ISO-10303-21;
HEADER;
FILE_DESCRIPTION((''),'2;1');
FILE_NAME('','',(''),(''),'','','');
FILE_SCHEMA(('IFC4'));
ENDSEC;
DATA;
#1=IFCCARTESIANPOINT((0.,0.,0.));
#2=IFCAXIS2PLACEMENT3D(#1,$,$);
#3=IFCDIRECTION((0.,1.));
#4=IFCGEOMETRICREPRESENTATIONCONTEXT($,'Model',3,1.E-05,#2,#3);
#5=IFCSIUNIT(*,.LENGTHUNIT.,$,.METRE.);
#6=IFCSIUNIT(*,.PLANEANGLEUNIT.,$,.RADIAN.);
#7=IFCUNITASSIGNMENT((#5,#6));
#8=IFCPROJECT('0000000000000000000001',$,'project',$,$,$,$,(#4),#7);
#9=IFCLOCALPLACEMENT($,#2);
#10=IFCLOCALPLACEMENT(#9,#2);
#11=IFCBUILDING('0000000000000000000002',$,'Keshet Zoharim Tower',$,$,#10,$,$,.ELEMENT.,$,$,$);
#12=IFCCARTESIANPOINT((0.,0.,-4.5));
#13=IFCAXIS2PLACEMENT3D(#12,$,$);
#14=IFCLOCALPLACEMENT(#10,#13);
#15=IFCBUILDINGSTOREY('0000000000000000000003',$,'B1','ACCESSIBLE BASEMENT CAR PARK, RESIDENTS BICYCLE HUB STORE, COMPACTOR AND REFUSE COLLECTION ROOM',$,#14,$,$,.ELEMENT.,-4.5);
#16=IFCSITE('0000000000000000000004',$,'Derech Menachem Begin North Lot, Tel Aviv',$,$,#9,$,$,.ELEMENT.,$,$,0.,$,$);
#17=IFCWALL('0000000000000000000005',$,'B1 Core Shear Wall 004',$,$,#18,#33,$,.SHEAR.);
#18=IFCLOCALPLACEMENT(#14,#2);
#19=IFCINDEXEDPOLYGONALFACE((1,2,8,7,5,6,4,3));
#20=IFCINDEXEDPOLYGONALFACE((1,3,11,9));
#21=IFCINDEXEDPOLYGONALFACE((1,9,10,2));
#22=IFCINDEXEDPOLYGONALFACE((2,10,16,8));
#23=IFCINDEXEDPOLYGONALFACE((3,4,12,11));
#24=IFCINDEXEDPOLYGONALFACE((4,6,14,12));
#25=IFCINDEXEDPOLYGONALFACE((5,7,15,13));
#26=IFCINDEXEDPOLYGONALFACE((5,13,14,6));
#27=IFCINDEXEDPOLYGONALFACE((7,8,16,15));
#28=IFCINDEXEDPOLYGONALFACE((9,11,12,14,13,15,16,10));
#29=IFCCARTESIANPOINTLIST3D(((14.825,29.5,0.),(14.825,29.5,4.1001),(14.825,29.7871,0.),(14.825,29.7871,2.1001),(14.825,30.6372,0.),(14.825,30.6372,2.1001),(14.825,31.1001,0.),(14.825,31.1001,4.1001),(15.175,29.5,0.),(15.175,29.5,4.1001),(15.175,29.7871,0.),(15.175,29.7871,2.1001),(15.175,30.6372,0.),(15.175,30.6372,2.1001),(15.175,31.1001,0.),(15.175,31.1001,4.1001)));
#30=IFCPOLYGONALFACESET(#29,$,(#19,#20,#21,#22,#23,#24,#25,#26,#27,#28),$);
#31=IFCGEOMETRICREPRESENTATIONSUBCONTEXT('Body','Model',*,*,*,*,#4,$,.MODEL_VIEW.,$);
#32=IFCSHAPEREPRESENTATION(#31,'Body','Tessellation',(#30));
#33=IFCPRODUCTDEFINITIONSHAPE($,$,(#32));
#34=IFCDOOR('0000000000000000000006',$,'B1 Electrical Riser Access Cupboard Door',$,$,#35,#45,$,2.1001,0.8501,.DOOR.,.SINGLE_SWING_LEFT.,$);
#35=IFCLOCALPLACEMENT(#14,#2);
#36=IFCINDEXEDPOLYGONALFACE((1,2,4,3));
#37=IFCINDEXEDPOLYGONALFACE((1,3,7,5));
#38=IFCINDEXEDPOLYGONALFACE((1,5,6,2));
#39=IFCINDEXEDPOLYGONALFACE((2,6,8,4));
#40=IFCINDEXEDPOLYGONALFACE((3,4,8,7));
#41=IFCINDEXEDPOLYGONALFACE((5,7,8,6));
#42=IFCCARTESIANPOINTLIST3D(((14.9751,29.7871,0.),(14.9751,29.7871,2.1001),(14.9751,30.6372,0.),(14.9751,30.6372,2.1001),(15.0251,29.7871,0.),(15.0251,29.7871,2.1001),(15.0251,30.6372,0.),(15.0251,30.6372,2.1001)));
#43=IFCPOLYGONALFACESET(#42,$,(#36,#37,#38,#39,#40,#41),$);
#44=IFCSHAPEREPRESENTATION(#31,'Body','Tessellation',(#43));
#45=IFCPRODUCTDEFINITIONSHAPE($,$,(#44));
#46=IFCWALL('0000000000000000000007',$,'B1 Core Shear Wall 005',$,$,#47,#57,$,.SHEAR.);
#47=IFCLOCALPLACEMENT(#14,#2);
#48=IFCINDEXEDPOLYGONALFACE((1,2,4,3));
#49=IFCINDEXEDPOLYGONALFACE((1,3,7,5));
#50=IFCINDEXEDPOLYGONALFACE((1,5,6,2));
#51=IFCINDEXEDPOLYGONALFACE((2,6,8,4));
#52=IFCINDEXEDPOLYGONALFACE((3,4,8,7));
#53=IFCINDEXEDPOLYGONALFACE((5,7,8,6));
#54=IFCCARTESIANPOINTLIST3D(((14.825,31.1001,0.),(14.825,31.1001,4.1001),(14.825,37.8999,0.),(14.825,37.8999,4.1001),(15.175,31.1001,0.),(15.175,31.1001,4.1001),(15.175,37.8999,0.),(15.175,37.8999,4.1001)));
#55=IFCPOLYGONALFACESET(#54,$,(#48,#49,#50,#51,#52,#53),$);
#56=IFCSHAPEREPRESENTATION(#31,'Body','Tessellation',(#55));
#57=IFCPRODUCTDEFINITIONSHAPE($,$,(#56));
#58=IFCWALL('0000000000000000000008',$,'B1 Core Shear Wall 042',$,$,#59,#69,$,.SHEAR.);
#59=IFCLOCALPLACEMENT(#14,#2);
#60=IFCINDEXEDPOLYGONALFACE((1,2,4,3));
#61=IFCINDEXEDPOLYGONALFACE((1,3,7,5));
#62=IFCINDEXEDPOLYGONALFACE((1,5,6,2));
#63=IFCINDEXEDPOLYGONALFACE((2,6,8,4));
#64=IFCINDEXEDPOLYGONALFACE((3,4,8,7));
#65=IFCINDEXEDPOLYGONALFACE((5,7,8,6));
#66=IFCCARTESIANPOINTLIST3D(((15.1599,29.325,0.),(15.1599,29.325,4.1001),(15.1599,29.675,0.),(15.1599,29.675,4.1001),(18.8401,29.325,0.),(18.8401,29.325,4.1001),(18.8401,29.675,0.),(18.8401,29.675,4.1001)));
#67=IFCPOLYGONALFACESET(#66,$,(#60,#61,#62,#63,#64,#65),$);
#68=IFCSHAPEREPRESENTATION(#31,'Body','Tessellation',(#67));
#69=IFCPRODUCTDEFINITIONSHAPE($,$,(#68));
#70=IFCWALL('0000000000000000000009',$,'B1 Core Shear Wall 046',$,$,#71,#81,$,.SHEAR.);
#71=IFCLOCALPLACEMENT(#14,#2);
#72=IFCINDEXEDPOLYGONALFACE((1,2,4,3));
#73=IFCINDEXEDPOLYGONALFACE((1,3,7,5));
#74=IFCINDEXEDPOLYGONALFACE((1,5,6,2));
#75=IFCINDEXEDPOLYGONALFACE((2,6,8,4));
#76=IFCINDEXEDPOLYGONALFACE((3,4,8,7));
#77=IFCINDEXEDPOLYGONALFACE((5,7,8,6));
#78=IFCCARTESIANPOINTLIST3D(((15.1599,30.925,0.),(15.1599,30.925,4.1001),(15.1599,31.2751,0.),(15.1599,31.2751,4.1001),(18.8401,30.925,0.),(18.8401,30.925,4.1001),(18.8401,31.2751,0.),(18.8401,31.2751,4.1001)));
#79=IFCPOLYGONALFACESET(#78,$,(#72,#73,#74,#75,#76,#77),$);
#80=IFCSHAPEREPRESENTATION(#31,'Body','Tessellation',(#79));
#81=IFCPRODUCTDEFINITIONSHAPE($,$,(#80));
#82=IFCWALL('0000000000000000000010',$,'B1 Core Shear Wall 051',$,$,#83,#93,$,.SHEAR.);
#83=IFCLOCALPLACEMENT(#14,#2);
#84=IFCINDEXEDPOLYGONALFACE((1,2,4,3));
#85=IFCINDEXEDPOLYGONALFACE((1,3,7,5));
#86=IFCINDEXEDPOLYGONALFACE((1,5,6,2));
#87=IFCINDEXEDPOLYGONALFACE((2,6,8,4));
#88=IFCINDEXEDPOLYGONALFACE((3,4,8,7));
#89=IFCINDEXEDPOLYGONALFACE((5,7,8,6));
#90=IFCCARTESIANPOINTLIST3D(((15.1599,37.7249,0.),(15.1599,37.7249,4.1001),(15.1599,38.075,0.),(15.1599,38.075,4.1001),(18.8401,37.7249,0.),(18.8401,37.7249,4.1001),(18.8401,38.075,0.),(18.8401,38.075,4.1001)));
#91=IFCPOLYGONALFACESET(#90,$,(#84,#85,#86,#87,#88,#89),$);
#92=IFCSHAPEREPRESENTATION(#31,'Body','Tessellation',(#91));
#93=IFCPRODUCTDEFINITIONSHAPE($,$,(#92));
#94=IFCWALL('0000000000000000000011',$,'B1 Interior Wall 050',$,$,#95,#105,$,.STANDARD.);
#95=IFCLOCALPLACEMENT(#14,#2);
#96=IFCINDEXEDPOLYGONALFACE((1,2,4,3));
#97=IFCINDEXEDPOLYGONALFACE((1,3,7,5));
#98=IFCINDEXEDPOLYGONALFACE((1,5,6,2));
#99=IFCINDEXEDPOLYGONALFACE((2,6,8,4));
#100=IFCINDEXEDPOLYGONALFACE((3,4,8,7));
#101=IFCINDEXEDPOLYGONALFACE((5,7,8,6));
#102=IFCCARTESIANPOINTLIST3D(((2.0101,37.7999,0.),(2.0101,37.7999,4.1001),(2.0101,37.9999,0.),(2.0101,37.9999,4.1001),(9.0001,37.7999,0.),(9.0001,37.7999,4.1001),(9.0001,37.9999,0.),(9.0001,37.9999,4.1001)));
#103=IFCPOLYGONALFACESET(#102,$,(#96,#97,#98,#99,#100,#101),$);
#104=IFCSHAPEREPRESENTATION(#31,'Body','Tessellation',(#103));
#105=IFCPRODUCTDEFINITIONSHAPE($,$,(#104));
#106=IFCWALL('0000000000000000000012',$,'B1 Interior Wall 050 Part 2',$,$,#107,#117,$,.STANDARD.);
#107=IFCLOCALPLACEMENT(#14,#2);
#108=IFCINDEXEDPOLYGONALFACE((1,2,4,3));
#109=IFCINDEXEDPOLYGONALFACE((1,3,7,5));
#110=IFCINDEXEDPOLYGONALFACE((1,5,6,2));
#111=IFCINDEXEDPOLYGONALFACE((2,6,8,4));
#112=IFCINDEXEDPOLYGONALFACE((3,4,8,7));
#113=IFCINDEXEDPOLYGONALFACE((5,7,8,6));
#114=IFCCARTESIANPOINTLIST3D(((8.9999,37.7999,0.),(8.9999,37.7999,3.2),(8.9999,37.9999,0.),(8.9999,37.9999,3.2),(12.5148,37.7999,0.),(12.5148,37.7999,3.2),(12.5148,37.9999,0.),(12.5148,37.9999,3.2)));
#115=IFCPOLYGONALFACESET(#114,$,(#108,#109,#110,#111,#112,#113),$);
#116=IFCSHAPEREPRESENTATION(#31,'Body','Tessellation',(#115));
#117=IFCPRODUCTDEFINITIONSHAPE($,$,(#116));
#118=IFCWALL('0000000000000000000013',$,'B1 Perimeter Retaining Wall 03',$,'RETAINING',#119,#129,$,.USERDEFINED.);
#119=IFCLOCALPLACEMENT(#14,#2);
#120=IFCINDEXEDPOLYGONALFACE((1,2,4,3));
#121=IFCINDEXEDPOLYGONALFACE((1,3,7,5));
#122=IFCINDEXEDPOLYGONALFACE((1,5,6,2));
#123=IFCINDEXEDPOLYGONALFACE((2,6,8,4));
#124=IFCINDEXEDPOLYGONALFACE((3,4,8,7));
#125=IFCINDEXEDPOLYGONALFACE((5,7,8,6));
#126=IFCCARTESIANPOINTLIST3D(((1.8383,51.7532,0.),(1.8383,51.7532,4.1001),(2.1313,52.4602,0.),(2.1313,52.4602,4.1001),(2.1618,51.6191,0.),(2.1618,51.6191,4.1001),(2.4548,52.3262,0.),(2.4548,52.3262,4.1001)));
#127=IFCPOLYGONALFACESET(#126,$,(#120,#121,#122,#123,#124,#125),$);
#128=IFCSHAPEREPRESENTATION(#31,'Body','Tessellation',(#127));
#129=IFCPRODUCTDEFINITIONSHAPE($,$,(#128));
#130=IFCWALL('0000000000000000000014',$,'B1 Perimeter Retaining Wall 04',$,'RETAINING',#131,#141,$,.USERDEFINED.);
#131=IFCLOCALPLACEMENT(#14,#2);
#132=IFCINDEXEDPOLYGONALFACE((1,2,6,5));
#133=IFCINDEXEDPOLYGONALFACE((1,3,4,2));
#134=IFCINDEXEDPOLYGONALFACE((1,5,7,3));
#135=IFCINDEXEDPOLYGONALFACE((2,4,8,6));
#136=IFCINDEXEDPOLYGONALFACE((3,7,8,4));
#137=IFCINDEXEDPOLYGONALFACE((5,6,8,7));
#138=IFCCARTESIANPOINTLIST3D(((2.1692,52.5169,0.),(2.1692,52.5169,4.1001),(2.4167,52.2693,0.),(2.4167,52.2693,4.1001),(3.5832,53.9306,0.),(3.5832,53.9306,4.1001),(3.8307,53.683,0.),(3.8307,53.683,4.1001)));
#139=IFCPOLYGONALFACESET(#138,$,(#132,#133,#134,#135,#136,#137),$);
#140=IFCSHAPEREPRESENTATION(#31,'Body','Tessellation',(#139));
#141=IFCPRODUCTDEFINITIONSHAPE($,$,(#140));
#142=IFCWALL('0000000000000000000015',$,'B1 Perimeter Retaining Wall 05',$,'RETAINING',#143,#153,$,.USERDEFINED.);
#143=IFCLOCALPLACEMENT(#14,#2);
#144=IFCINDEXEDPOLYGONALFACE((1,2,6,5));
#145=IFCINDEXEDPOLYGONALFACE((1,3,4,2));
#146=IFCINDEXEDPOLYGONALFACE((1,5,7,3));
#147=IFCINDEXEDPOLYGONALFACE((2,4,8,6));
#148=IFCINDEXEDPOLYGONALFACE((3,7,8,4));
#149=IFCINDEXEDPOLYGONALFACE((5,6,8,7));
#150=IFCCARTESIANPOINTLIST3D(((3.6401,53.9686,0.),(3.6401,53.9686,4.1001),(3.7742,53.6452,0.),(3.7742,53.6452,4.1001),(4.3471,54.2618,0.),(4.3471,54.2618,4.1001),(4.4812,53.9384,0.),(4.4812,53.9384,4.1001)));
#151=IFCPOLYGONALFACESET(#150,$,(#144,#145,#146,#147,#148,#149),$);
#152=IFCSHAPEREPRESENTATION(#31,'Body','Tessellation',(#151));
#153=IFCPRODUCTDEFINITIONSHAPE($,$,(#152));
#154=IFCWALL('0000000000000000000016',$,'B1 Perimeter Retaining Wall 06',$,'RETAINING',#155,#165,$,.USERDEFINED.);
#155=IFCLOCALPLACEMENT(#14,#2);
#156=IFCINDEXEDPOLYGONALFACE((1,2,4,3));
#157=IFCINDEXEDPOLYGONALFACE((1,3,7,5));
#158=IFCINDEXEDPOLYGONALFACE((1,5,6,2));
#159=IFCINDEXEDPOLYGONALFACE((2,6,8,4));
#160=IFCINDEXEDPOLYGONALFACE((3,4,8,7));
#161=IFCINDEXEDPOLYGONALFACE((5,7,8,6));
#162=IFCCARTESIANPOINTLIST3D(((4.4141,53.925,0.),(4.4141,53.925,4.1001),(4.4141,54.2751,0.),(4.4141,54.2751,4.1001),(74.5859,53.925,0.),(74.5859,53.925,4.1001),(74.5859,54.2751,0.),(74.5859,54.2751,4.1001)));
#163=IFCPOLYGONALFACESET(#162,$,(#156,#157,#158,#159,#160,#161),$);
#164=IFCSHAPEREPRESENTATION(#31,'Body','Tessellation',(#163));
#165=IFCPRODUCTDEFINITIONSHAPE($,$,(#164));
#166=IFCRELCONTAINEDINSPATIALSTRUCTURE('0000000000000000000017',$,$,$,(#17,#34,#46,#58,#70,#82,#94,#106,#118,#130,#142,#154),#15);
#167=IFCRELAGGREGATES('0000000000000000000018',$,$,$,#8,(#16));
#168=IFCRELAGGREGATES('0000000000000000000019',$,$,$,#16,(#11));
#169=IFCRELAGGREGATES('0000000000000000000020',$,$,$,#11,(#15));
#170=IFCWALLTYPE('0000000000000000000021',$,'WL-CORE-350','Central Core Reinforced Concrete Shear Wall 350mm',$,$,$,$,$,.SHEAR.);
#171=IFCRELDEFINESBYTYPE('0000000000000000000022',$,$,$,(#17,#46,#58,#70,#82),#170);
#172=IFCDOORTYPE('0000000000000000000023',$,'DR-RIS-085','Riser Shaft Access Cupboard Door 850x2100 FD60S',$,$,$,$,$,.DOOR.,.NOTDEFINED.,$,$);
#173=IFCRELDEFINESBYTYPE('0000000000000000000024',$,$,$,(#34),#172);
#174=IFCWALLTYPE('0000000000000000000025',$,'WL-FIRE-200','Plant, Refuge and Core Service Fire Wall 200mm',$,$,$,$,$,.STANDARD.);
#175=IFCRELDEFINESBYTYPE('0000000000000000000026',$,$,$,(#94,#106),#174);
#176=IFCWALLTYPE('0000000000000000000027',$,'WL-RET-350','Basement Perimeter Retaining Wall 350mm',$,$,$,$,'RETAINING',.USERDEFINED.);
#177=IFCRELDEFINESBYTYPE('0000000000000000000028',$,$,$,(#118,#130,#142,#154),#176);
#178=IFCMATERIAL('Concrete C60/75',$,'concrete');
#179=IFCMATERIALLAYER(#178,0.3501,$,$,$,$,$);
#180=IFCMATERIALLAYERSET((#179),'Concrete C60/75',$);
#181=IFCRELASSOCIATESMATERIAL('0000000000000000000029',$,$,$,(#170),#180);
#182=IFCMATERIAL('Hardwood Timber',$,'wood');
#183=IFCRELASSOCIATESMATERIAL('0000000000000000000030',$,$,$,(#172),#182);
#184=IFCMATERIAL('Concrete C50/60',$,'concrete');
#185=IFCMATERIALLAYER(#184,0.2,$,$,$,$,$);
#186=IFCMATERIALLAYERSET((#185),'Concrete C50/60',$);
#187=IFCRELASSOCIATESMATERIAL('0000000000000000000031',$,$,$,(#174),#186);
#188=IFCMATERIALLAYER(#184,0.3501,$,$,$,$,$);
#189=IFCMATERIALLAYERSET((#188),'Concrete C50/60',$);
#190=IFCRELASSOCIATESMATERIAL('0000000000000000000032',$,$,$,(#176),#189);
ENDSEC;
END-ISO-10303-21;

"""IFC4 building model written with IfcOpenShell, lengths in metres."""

from ifc_helpers import new_model, si_unit, direction, frame, frame_2d, origin, place, context, subcontext, project, spatial, rectangle, extrude, material, layer, layer_set, type_object, element, fill, save


model = new_model("IFC4")

# Units and contexts
model_context = context("Model", 3, precision=1e-05, world=origin(), true_north=direction((0.0, 1.0)))
body_context = subcontext(model_context, "Body", "Model", "MODEL_VIEW")
ifc_project = project(units=[si_unit("LENGTHUNIT", "METRE"), si_unit("PLANEANGLEUNIT", "RADIAN")], contexts=[model_context])

# Site, building, storey
site_placement = place(None, origin())
site = spatial("IfcSite", under=ifc_project, at=site_placement, Name="Derech Menachem Begin North Lot, Tel Aviv", CompositionType="ELEMENT", RefElevation=0.0)
building_placement = place(site_placement, origin())
building = spatial("IfcBuilding", under=site, at=building_placement, Name="Keshet Zoharim Tower", CompositionType="ELEMENT")
storey_placement = place(building_placement, frame((0.0, 0.0, -4.5)))
storey = spatial("IfcBuildingStorey", under=building, at=storey_placement, Name="B1", Description="ACCESSIBLE BASEMENT CAR PARK, RESIDENTS BICYCLE HUB STORE, COMPACTOR AND REFUSE COLLECTION ROOM", CompositionType="ELEMENT", Elevation=-4.5)

# Shared definitions
ifc_material_1 = material(Name="Concrete C60/75", Category="concrete")

# Shared definitions
ifc_material_2 = material(Name="Hardwood Timber", Category="wood")

# Wall, opening, door
ifc_layer_1 = layer(ifc_material_1, 0.3501)
ifc_layer_set_1 = layer_set([ifc_layer_1], Name="Concrete C60/75")
wall_type_1 = type_object("IfcWallType", Name="WL-CORE-350", Description="Central Core Reinforced Concrete Shear Wall 350mm", PredefinedType="SHEAR", material=ifc_layer_set_1)
wall_1_placement = place(storey_placement, frame((15.0, 29.5, 0.0), z_axis=(0.0, 0.0, 1.0), x_axis=(0.0, 1.0, 0.0)))
wall_1 = element("IfcWall", 1, at=wall_1_placement, inside=storey, type_object=wall_type_1, Name="B1 Core Shear Wall 004", PredefinedType="SHEAR", context=body_context, shape_type="SweptSolid", body=[
    extrude(rectangle(XDim=1.6001, YDim=0.3501, at=frame_2d((0.8, 0.0))), origin(), (0.0, 0.0, 1.0), 4.1001),
])
opening_1_placement = place(wall_1_placement, frame((0.2871, 0.0, 0.0)))
opening_1 = element("IfcOpeningElement", 2, at=opening_1_placement, cuts=wall_1, PredefinedType="OPENING", context=body_context, shape_type="SweptSolid", body=[
    extrude(rectangle(XDim=0.8501, YDim=2.1001, at=frame_2d((0.425, 1.05))), frame((0.0, 0.1851, 0.0), z_axis=(0.0, -1.0, 0.0), x_axis=(1.0, 0.0, 0.0)), (0.0, 0.0, 1.0), 0.3701),
])
door_type_1 = type_object("IfcDoorType", Name="DR-RIS-085", Description="Riser Shaft Access Cupboard Door 850x2100 FD60S", OperationType="NOTDEFINED", PredefinedType="DOOR", material=ifc_material_2)
door_1_placement = place(opening_1_placement, origin())
door_1 = element("IfcDoor", 3, at=door_1_placement, inside=storey, type_object=door_type_1, Name="B1 Electrical Riser Access Cupboard Door", OperationType="SINGLE_SWING_LEFT", OverallHeight=2.1001, OverallWidth=0.8501, PredefinedType="DOOR", context=body_context, shape_type="SweptSolid", body=[
    extrude(rectangle(XDim=0.8501, YDim=2.1001, at=frame_2d((0.425, 1.05))), frame((0.0, 0.0249, 0.0), z_axis=(0.0, -1.0, 0.0), x_axis=(1.0, 0.0, 0.0)), (0.0, 0.0, 1.0), 0.05),
])
fill(opening_1, door_1)

# Walls
wall_2_placement = place(storey_placement, frame((15.0, 31.1001, 0.0), z_axis=(0.0, 0.0, 1.0), x_axis=(0.0, 1.0, 0.0)))
element("IfcWall", 4, at=wall_2_placement, inside=storey, type_object=wall_type_1, Name="B1 Core Shear Wall 005", PredefinedType="SHEAR", context=body_context, shape_type="SweptSolid", body=[
    extrude(rectangle(XDim=6.7998, YDim=0.3501, at=frame_2d((3.3999, 0.0))), origin(), (0.0, 0.0, 1.0), 4.1001),
])
for number, where, z_axis, x_axis, name in (
    (5, (15.1599, 29.5, 0.0), (0.0, 0.0, 1.0), (1.0, 0.0, 0.0), "B1 Core Shear Wall 042"),
    (6, (15.1599, 31.1001, 0.0), (0.0, 0.0, 1.0), (1.0, 0.0, 0.0), "B1 Core Shear Wall 046"),
    (7, (15.1599, 37.8999, 0.0), (0.0, 0.0, 1.0), (1.0, 0.0, 0.0), "B1 Core Shear Wall 051"),
):
    element("IfcWall", number, at=place(storey_placement, frame(where, z_axis=z_axis, x_axis=x_axis)), inside=storey, type_object=wall_type_1, Name=name, PredefinedType="SHEAR", context=body_context, shape_type="SweptSolid", body=[
        extrude(rectangle(XDim=3.6802, YDim=0.3501, at=frame_2d((1.8401, 0.0))), origin(), (0.0, 0.0, 1.0), 4.1001),
    ])
ifc_material_3 = material(Name="Concrete C50/60", Category="concrete")
ifc_layer_2 = layer(ifc_material_3, 0.2)
ifc_layer_set_2 = layer_set([ifc_layer_2], Name="Concrete C50/60")
wall_type_2 = type_object("IfcWallType", Name="WL-FIRE-200", Description="Plant, Refuge and Core Service Fire Wall 200mm", PredefinedType="STANDARD", material=ifc_layer_set_2)
wall_3_placement = place(storey_placement, frame((2.01, 37.8999, 0.0), z_axis=(0.0, 0.0, 1.0), x_axis=(1.0, 0.0, 0.0)))
element("IfcWall", 8, at=wall_3_placement, inside=storey, type_object=wall_type_2, Name="B1 Interior Wall 050", PredefinedType="STANDARD", context=body_context, shape_type="SweptSolid", body=[
    extrude(rectangle(XDim=6.99, YDim=0.2, at=frame_2d((3.4951, 0.0))), origin(), (0.0, 0.0, 1.0), 4.1001),
])
wall_4_placement = place(storey_placement, frame((9.0, 37.8999, 0.0), z_axis=(0.0, 0.0, 1.0), x_axis=(1.0, 0.0, 0.0)))
element("IfcWall", 9, at=wall_4_placement, inside=storey, type_object=wall_type_2, Name="B1 Interior Wall 050 Part 2", PredefinedType="STANDARD", context=body_context, shape_type="SweptSolid", body=[
    extrude(rectangle(XDim=3.5149, YDim=0.2, at=frame_2d((1.7573, 0.0))), origin(), (0.0, 0.0, 1.0), 3.2),
])
ifc_layer_3 = layer(ifc_material_3, 0.3501)
ifc_layer_set_3 = layer_set([ifc_layer_3], Name="Concrete C50/60")
wall_type_3 = type_object("IfcWallType", Name="WL-RET-350", Description="Basement Perimeter Retaining Wall 350mm", ElementType="RETAINING", PredefinedType="USERDEFINED", material=ifc_layer_set_3)
wall_5_placement = place(storey_placement, frame((2.0, 51.686, 0.0), z_axis=(0.0, 0.0, 1.0), x_axis=(0.382803, 0.92383, 0.0)))
element("IfcWall", 10, at=wall_5_placement, inside=storey, type_object=wall_type_3, Name="B1 Perimeter Retaining Wall 03", ObjectType="RETAINING", PredefinedType="USERDEFINED", context=body_context, shape_type="SweptSolid", body=[
    extrude(rectangle(XDim=0.7654, YDim=0.3501, at=frame_2d((0.3828, 0.0))), origin(), (0.0, 0.0, 1.0), 4.1001),
])
wall_6_placement = place(storey_placement, frame((2.293, 52.3931, 0.0), z_axis=(0.0, 0.0, 1.0), x_axis=(0.707168, 0.707046, 0.0)))
element("IfcWall", 11, at=wall_6_placement, inside=storey, type_object=wall_type_3, Name="B1 Perimeter Retaining Wall 04", ObjectType="RETAINING", PredefinedType="USERDEFINED", context=body_context, shape_type="SweptSolid", body=[
    extrude(rectangle(XDim=1.9995, YDim=0.3501, at=frame_2d((0.9998, 0.0))), origin(), (0.0, 0.0, 1.0), 4.1001),
])
wall_7_placement = place(storey_placement, frame((3.707, 53.8069, 0.0), z_axis=(0.0, 0.0, 1.0), x_axis=(0.923717, 0.383075, 0.0)))
element("IfcWall", 12, at=wall_7_placement, inside=storey, type_object=wall_type_3, Name="B1 Perimeter Retaining Wall 05", ObjectType="RETAINING", PredefinedType="USERDEFINED", context=body_context, shape_type="SweptSolid", body=[
    extrude(rectangle(XDim=0.7654, YDim=0.3501, at=frame_2d((0.3828, 0.0))), origin(), (0.0, 0.0, 1.0), 4.1001),
])
wall_8_placement = place(storey_placement, frame((4.4141, 54.1001, 0.0), z_axis=(0.0, 0.0, 1.0), x_axis=(1.0, 0.0, 0.0)))
element("IfcWall", 13, at=wall_8_placement, inside=storey, type_object=wall_type_3, Name="B1 Perimeter Retaining Wall 06", ObjectType="RETAINING", PredefinedType="USERDEFINED", context=body_context, shape_type="SweptSolid", body=[
    extrude(rectangle(XDim=70.1719, YDim=0.3501, at=frame_2d((35.0859, 0.0))), origin(), (0.0, 0.0, 1.0), 4.1001),
])

save(model, "model.ifc")
